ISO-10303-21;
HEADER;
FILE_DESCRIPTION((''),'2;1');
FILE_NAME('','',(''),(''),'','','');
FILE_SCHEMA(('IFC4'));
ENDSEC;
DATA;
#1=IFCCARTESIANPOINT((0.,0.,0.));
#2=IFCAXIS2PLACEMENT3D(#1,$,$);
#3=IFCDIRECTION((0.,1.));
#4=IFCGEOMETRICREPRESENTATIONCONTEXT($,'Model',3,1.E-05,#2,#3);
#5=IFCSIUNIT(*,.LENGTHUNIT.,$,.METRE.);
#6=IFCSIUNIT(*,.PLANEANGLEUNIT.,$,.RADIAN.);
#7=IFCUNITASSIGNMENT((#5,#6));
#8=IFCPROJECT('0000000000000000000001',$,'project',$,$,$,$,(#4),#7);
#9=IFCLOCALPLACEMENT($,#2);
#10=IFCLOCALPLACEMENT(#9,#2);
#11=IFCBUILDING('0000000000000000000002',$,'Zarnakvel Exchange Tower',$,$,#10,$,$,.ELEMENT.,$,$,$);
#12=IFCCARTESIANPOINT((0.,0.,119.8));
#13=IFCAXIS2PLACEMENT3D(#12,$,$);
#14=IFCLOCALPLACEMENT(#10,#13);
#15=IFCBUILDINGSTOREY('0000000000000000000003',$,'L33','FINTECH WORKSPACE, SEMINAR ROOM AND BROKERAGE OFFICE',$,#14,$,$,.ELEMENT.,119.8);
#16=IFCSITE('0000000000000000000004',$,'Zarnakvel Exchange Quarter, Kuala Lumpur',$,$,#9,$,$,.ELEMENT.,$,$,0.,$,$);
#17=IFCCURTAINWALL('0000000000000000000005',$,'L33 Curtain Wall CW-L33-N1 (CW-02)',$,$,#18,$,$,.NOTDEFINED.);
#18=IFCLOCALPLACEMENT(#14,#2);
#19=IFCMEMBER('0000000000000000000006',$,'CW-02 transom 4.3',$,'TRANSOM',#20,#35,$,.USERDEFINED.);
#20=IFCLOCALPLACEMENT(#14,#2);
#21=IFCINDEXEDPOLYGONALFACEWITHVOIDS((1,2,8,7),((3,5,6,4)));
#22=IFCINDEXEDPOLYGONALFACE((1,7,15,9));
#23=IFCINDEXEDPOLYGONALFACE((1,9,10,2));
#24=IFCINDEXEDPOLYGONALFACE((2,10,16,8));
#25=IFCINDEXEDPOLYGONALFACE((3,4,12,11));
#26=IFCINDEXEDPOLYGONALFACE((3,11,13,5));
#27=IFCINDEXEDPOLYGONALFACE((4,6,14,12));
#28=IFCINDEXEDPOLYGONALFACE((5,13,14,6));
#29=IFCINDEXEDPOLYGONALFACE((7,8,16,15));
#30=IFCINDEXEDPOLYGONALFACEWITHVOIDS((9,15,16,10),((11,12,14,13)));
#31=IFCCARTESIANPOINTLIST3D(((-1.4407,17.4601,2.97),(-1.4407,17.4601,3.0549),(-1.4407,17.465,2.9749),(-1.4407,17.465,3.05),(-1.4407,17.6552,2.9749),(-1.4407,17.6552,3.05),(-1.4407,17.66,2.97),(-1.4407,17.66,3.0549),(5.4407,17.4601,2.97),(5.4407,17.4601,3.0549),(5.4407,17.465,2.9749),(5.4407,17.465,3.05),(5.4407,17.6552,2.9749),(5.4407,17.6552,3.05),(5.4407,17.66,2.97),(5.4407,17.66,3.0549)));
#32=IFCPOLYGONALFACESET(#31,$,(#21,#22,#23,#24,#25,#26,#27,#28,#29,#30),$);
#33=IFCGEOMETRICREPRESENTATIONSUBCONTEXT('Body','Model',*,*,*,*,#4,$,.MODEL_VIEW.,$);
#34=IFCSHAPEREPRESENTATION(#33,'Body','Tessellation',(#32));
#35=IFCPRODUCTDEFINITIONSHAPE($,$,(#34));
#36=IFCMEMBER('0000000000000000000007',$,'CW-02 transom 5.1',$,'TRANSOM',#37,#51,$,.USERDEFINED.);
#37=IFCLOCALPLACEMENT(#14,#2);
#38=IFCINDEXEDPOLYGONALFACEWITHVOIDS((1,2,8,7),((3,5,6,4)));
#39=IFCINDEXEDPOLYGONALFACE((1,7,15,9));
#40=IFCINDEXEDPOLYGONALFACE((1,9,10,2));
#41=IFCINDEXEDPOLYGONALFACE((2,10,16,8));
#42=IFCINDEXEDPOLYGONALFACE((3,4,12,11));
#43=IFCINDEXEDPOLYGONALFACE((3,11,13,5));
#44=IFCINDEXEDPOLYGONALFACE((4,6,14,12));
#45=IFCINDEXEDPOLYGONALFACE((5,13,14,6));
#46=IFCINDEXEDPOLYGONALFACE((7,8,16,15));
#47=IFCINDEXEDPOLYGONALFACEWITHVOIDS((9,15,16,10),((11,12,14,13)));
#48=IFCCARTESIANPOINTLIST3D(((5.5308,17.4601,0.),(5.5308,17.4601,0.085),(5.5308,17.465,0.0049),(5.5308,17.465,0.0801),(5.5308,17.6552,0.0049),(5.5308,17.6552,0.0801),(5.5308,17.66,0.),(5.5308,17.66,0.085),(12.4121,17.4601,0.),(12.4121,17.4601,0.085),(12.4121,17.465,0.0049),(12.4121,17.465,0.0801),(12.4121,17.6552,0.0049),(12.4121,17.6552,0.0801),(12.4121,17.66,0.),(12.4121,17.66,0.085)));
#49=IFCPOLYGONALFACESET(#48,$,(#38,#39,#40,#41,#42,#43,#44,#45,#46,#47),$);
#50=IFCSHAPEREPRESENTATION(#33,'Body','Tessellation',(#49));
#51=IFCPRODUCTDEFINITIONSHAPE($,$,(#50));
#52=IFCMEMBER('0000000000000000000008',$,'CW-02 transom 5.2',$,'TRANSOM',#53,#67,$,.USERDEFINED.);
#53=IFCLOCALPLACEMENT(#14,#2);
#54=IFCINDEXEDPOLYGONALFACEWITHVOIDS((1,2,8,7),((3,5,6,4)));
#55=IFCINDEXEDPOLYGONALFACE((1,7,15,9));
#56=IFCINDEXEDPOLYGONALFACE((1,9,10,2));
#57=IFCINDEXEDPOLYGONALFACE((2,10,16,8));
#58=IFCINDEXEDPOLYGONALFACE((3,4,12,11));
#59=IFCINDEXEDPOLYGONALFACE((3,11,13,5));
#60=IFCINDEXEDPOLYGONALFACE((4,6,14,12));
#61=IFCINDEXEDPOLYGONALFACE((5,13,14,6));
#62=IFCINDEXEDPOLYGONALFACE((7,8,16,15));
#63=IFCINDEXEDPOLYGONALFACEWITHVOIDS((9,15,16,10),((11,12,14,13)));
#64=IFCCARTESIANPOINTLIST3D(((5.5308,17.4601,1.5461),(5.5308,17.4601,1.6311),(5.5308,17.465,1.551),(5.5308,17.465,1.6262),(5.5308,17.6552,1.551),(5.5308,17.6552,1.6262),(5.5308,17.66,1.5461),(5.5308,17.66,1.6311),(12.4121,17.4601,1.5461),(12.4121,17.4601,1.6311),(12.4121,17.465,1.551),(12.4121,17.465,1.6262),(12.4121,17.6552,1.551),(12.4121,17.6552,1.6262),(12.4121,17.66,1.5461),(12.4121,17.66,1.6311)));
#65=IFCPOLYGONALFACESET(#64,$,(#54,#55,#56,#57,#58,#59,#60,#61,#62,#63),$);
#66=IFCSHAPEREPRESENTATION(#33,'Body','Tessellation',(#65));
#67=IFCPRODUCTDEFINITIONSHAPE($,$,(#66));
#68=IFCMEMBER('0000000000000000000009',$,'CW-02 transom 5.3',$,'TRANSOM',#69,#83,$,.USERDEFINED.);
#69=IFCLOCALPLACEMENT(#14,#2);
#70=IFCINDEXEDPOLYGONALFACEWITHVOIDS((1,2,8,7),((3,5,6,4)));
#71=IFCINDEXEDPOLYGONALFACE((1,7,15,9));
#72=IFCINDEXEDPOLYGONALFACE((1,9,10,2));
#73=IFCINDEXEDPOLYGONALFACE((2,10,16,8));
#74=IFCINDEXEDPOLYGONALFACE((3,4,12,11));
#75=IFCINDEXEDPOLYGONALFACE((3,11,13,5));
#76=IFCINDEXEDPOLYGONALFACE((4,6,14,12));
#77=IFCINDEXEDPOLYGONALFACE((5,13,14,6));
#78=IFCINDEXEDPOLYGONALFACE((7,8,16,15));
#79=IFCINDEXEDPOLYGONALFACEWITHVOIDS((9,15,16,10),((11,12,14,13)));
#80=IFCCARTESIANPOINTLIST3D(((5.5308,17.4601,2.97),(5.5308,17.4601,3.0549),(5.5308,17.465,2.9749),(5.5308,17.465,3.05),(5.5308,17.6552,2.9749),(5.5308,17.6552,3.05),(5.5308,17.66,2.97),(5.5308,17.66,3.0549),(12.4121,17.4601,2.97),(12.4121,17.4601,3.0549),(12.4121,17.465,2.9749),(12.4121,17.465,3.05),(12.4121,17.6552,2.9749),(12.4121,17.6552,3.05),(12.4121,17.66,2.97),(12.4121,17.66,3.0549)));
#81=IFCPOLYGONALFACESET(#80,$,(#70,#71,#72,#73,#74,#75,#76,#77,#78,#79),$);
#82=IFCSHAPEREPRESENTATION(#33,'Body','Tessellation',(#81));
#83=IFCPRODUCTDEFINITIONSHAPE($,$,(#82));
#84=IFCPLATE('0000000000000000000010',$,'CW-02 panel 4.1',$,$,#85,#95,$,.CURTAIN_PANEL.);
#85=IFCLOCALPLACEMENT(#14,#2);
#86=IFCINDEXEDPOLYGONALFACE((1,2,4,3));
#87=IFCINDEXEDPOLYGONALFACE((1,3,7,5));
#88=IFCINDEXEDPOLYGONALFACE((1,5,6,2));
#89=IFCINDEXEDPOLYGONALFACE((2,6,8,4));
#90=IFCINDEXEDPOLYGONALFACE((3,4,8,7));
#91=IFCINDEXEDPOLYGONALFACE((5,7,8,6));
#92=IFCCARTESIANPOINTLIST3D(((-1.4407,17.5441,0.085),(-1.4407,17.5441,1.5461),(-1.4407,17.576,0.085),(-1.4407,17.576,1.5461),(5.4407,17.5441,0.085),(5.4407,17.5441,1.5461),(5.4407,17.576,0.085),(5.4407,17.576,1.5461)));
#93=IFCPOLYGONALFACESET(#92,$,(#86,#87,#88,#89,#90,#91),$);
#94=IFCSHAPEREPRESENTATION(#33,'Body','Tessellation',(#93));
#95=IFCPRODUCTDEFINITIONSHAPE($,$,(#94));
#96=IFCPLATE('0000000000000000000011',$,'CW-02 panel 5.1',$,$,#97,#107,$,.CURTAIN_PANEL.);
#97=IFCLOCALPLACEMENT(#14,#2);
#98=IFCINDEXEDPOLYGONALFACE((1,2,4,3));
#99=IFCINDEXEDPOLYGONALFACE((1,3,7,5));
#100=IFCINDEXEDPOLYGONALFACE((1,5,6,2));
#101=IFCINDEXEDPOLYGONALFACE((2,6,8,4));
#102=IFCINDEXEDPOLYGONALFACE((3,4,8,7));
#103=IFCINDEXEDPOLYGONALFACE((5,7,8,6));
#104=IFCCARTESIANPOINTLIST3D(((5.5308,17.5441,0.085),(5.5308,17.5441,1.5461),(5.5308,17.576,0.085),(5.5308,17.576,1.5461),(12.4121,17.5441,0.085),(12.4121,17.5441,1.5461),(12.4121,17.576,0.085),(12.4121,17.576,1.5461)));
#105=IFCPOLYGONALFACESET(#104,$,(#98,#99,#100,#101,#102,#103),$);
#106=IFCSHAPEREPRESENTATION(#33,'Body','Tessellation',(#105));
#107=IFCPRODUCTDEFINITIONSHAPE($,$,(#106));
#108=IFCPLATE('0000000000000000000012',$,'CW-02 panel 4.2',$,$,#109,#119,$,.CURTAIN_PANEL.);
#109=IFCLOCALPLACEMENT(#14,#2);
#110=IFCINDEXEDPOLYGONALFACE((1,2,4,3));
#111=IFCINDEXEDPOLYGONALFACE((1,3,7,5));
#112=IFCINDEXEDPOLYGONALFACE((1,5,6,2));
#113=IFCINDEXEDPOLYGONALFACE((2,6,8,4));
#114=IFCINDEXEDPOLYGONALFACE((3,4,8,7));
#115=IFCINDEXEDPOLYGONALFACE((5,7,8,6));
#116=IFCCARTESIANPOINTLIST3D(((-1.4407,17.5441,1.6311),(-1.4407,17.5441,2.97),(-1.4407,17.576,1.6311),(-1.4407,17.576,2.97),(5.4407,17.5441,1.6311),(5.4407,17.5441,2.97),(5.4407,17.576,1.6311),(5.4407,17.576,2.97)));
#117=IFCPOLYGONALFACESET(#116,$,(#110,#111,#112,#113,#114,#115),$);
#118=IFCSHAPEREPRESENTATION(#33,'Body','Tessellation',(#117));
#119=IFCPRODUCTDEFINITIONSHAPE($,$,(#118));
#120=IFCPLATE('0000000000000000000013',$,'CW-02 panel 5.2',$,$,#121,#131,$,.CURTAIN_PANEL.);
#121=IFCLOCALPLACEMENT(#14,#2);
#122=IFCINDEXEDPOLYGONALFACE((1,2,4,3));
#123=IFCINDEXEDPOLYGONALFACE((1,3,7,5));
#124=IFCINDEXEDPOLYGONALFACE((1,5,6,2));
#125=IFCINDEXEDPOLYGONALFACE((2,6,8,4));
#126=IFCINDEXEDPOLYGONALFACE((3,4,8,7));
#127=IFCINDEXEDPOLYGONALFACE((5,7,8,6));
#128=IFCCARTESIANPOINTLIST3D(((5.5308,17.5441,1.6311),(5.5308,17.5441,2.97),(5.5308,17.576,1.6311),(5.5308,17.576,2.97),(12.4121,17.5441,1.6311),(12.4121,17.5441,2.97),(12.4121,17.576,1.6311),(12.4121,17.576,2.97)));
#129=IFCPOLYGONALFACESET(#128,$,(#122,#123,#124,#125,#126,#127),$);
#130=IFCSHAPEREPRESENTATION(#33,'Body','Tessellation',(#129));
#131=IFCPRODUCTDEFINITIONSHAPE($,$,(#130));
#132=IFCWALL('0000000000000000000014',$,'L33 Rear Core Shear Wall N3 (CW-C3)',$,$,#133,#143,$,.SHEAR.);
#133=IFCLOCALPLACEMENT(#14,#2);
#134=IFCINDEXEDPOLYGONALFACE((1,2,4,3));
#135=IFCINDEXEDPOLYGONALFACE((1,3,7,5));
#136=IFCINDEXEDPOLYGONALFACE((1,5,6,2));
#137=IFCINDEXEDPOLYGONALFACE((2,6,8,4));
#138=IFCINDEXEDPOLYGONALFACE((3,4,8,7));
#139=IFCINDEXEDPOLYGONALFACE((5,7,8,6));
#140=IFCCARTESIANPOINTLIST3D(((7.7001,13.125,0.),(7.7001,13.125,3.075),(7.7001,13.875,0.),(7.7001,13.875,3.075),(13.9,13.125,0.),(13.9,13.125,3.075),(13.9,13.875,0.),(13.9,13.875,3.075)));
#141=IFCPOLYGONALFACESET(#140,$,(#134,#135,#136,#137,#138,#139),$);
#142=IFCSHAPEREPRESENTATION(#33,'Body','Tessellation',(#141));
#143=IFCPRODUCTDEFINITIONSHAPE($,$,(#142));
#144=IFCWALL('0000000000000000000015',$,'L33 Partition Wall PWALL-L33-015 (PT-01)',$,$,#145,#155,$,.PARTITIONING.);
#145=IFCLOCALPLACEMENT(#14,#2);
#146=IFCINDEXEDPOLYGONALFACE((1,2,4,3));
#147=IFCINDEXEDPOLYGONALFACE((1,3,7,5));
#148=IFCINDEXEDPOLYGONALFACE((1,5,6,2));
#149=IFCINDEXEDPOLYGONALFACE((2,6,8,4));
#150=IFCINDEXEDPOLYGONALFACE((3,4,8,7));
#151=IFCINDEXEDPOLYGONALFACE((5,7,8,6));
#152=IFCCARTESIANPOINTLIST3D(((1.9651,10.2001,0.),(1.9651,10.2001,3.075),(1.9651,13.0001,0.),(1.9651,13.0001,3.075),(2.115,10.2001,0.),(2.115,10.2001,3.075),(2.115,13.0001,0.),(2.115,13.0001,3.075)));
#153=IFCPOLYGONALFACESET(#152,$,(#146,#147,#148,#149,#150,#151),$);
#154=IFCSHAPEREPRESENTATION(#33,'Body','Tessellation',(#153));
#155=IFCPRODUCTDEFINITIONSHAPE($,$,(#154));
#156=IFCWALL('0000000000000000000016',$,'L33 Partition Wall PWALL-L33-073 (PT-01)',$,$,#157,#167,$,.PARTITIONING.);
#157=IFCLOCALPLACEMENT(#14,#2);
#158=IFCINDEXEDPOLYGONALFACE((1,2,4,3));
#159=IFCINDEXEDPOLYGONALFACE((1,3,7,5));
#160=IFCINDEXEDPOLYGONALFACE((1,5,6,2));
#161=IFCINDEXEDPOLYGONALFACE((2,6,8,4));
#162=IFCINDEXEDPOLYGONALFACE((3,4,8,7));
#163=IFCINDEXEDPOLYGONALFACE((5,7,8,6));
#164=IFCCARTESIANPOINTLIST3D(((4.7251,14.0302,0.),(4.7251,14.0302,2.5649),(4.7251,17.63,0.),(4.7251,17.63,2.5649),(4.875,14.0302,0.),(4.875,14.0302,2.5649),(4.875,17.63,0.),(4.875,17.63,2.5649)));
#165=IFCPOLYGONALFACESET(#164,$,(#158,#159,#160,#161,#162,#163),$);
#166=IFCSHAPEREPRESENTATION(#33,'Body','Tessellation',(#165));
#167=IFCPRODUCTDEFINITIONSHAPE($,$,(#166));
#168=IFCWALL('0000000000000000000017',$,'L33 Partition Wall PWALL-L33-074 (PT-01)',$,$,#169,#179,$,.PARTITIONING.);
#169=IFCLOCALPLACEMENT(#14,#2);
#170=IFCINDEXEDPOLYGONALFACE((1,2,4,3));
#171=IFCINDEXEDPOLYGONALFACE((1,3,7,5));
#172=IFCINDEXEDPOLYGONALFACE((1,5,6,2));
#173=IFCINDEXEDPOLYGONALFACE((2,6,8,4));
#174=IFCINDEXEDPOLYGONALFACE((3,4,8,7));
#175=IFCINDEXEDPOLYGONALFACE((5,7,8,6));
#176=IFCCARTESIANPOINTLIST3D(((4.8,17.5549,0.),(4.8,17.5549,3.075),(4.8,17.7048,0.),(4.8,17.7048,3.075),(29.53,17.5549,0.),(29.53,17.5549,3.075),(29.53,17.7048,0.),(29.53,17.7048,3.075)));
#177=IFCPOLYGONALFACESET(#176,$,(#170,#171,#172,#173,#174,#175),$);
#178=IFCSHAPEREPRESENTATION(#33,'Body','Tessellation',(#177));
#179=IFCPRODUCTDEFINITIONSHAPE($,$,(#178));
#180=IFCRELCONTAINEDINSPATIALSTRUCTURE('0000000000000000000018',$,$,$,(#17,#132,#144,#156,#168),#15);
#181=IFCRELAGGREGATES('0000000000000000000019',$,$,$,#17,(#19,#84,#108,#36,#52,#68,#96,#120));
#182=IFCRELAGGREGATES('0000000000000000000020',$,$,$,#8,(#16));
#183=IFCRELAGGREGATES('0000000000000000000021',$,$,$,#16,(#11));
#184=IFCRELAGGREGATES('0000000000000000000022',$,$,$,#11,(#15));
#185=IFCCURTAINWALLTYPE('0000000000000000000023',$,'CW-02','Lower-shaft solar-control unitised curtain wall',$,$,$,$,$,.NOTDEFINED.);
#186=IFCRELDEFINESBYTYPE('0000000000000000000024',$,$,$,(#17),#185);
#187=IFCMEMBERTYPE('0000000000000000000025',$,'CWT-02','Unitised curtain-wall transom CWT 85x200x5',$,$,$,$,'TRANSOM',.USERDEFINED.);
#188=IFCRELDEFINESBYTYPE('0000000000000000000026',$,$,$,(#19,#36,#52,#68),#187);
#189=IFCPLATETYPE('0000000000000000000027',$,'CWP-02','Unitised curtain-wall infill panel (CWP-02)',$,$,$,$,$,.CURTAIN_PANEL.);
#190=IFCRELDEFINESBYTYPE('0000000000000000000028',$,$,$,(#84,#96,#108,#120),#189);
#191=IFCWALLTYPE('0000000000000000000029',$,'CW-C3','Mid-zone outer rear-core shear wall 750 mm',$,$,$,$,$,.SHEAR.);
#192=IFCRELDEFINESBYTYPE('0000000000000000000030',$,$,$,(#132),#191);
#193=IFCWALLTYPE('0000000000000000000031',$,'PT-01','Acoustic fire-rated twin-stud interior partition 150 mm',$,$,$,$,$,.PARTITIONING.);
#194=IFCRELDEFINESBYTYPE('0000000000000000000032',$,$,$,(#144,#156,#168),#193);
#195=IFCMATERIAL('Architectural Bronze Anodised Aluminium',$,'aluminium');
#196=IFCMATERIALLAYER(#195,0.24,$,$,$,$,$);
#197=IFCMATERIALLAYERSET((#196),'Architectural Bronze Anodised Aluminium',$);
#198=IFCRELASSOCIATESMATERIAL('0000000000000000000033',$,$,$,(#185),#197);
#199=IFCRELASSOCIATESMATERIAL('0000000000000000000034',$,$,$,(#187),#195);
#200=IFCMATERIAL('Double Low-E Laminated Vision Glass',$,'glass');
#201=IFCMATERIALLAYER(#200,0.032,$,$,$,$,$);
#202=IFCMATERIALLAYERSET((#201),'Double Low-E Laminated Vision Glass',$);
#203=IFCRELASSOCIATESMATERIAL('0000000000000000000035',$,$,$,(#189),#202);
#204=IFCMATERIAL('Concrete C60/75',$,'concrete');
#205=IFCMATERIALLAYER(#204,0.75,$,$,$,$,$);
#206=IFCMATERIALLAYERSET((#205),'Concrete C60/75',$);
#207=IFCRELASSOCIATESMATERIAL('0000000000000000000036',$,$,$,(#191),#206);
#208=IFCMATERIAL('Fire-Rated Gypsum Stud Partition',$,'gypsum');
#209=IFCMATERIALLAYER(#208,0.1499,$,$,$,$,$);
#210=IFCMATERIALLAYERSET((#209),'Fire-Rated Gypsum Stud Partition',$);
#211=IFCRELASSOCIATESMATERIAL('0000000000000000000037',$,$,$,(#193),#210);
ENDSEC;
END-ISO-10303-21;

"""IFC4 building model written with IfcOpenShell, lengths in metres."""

from ifc_helpers import new_model, si_unit, direction, frame, frame_2d, origin, origin_2d, place, context, subcontext, project, spatial, rectangle, hollow_rectangle, extrude, source, transform, mapped, material, layer, layer_set, material_profile, profile_set, type_object, element, aggregate, save


model = new_model("IFC4")

# Units and contexts
model_context = context("Model", 3, precision=1e-05, world=origin(), true_north=direction((0.0, 1.0)))
body_context = subcontext(model_context, "Body", "Model", "MODEL_VIEW")
ifc_project = project(units=[si_unit("LENGTHUNIT", "METRE"), si_unit("PLANEANGLEUNIT", "RADIAN")], contexts=[model_context])

# Site, building, storey
site_placement = place(None, origin())
site = spatial("IfcSite", under=ifc_project, at=site_placement, Name="Zarnakvel Exchange Quarter, Kuala Lumpur", CompositionType="ELEMENT", RefElevation=0.0)
building_placement = place(site_placement, origin())
building = spatial("IfcBuilding", under=site, at=building_placement, Name="Zarnakvel Exchange Tower", CompositionType="ELEMENT")
storey_placement = place(building_placement, frame((0.0, 0.0, 119.8)))
storey = spatial("IfcBuildingStorey", under=building, at=storey_placement, Name="L33", Description="FINTECH WORKSPACE, SEMINAR ROOM AND BROKERAGE OFFICE", CompositionType="ELEMENT", Elevation=119.8)

# Shared definitions
ifc_material_1 = material(Name="Concrete C60/75", Category="concrete")

# Curtain wall, members, plates
ifc_material_2 = material(Name="Architectural Bronze Anodised Aluminium", Category="aluminium")
ifc_layer_1 = layer(ifc_material_2, 0.24)
ifc_layer_set_1 = layer_set([ifc_layer_1], Name="Architectural Bronze Anodised Aluminium")
curtain_wall_type = type_object("IfcCurtainWallType", Name="CW-02", Description="Lower-shaft solar-control unitised curtain wall", PredefinedType="NOTDEFINED", material=ifc_layer_set_1)
curtain_wall_placement = place(storey_placement, origin())
curtain_wall = element("IfcCurtainWall", 1, at=curtain_wall_placement, inside=storey, type_object=curtain_wall_type, Name="L33 Curtain Wall CW-L33-N1 (CW-02)", PredefinedType="NOTDEFINED")
ifc_material_profile_1 = material_profile(ifc_material_2, hollow_rectangle(XDim=0.2, YDim=0.085, WallThickness=0.0049, at=origin_2d()))
ifc_profile_set_1 = profile_set([ifc_material_profile_1], Name="Architectural Bronze Anodised Aluminium")
member_type_1 = type_object("IfcMemberType", Name="CWT-02", Description="Unitised curtain-wall transom CWT 85x200x5", ElementType="TRANSOM", PredefinedType="USERDEFINED", material=ifc_profile_set_1)
shared_shape_1 = source(origin(), body_context, "Body", "SweptSolid", [
    extrude(hollow_rectangle(XDim=0.2, YDim=0.085, WallThickness=0.0049, at=origin_2d()), origin(), (0.0, 0.0, 1.0), 6.8813),
])
member_1_placement = place(storey_placement, frame((-1.4407, 17.5601, 3.0125), z_axis=(1.0, 0.0, 0.0), x_axis=(0.0, 1.0, 0.0)))
member_1 = element("IfcMember", 2, at=member_1_placement, type_object=member_type_1, Name="CW-02 transom 4.3", ObjectType="TRANSOM", PredefinedType="USERDEFINED", context=body_context, shape_type="MappedRepresentation", body=[
    mapped(shared_shape_1, transform((0.0, 0.0, 0.0), x_axis=(1.0, 0.0, 0.0), y_axis=(0.0, 1.0, 0.0), z_axis=(0.0, 0.0, 1.0), scale=1.0)),
])
member_2_placement = place(storey_placement, frame((5.5308, 17.5601, 0.0425), z_axis=(1.0, 0.0, 0.0), x_axis=(0.0, 1.0, 0.0)))
member_2 = element("IfcMember", 3, at=member_2_placement, type_object=member_type_1, Name="CW-02 transom 5.1", ObjectType="TRANSOM", PredefinedType="USERDEFINED", context=body_context, shape_type="MappedRepresentation", body=[
    mapped(shared_shape_1, transform((0.0, 0.0, 0.0), x_axis=(1.0, 0.0, 0.0), y_axis=(0.0, 1.0, 0.0), z_axis=(0.0, 0.0, 1.0), scale=1.0)),
])
member_3_placement = place(storey_placement, frame((5.5308, 17.5601, 1.5886), z_axis=(1.0, 0.0, 0.0), x_axis=(0.0, 1.0, 0.0)))
member_3 = element("IfcMember", 4, at=member_3_placement, type_object=member_type_1, Name="CW-02 transom 5.2", ObjectType="TRANSOM", PredefinedType="USERDEFINED", context=body_context, shape_type="MappedRepresentation", body=[
    mapped(shared_shape_1, transform((0.0, 0.0, 0.0), x_axis=(1.0, 0.0, 0.0), y_axis=(0.0, 1.0, 0.0), z_axis=(0.0, 0.0, 1.0), scale=1.0)),
])
member_4_placement = place(storey_placement, frame((5.5308, 17.5601, 3.0125), z_axis=(1.0, 0.0, 0.0), x_axis=(0.0, 1.0, 0.0)))
member_4 = element("IfcMember", 5, at=member_4_placement, type_object=member_type_1, Name="CW-02 transom 5.3", ObjectType="TRANSOM", PredefinedType="USERDEFINED", context=body_context, shape_type="MappedRepresentation", body=[
    mapped(shared_shape_1, transform((0.0, 0.0, 0.0), x_axis=(1.0, 0.0, 0.0), y_axis=(0.0, 1.0, 0.0), z_axis=(0.0, 0.0, 1.0), scale=1.0)),
])
ifc_material_3 = material(Name="Double Low-E Laminated Vision Glass", Category="glass")
ifc_layer_2 = layer(ifc_material_3, 0.032)
ifc_layer_set_2 = layer_set([ifc_layer_2], Name="Double Low-E Laminated Vision Glass")
plate_type = type_object("IfcPlateType", Name="CWP-02", Description="Unitised curtain-wall infill panel (CWP-02)", PredefinedType="CURTAIN_PANEL", material=ifc_layer_set_2)
shared_shape_2 = source(origin(), body_context, "Body", "SweptSolid", [
    extrude(rectangle(XDim=6.8813, YDim=0.032, at=origin_2d()), origin(), (0.0, 0.0, 1.0), 1.4612),
])
plate_1_placement = place(storey_placement, frame((2.0, 17.5601, 0.085), z_axis=(0.0, 0.0, 1.0), x_axis=(1.0, 0.0, 0.0)))
plate_1 = element("IfcPlate", 6, at=plate_1_placement, type_object=plate_type, Name="CW-02 panel 4.1", PredefinedType="CURTAIN_PANEL", context=body_context, shape_type="MappedRepresentation", body=[
    mapped(shared_shape_2, transform((0.0, 0.0, 0.0), x_axis=(1.0, 0.0, 0.0), y_axis=(0.0, 1.0, 0.0), z_axis=(0.0, 0.0, 1.0), scale=1.0)),
])
plate_2_placement = place(storey_placement, frame((8.9714, 17.5601, 0.085), z_axis=(0.0, 0.0, 1.0), x_axis=(1.0, 0.0, 0.0)))
plate_2 = element("IfcPlate", 7, at=plate_2_placement, type_object=plate_type, Name="CW-02 panel 5.1", PredefinedType="CURTAIN_PANEL", context=body_context, shape_type="MappedRepresentation", body=[
    mapped(shared_shape_2, transform((0.0, 0.0, 0.0), x_axis=(1.0, 0.0, 0.0), y_axis=(0.0, 1.0, 0.0), z_axis=(0.0, 0.0, 1.0), scale=1.0)),
])
shared_shape_3 = source(origin(), body_context, "Body", "SweptSolid", [
    extrude(rectangle(XDim=6.8813, YDim=0.032, at=origin_2d()), origin(), (0.0, 0.0, 1.0), 1.3389),
])
plate_3_placement = place(storey_placement, frame((2.0, 17.5601, 1.6311), z_axis=(0.0, 0.0, 1.0), x_axis=(1.0, 0.0, 0.0)))
plate_3 = element("IfcPlate", 8, at=plate_3_placement, type_object=plate_type, Name="CW-02 panel 4.2", PredefinedType="CURTAIN_PANEL", context=body_context, shape_type="MappedRepresentation", body=[
    mapped(shared_shape_3, transform((0.0, 0.0, 0.0), x_axis=(1.0, 0.0, 0.0), y_axis=(0.0, 1.0, 0.0), z_axis=(0.0, 0.0, 1.0), scale=1.0)),
])
plate_4_placement = place(storey_placement, frame((8.9714, 17.5601, 1.6311), z_axis=(0.0, 0.0, 1.0), x_axis=(1.0, 0.0, 0.0)))
plate_4 = element("IfcPlate", 9, at=plate_4_placement, type_object=plate_type, Name="CW-02 panel 5.2", PredefinedType="CURTAIN_PANEL", context=body_context, shape_type="MappedRepresentation", body=[
    mapped(shared_shape_3, transform((0.0, 0.0, 0.0), x_axis=(1.0, 0.0, 0.0), y_axis=(0.0, 1.0, 0.0), z_axis=(0.0, 0.0, 1.0), scale=1.0)),
])
aggregate(curtain_wall, [member_1, plate_1, plate_3, member_2, member_3, member_4, plate_2, plate_4])

# Wall
ifc_layer_3 = layer(ifc_material_1, 0.75)
ifc_layer_set_3 = layer_set([ifc_layer_3], Name="Concrete C60/75")
wall_type_1 = type_object("IfcWallType", Name="CW-C3", Description="Mid-zone outer rear-core shear wall 750 mm", PredefinedType="SHEAR", material=ifc_layer_set_3)
wall_1_placement = place(storey_placement, frame((7.7, 13.5, 0.0), z_axis=(0.0, 0.0, 1.0), x_axis=(1.0, 0.0, 0.0)))
element("IfcWall", 10, at=wall_1_placement, inside=storey, type_object=wall_type_1, Name="L33 Rear Core Shear Wall N3 (CW-C3)", PredefinedType="SHEAR", context=body_context, shape_type="SweptSolid", body=[
    extrude(rectangle(XDim=6.2, YDim=0.75, at=frame_2d((3.1001, 0.0))), origin(), (0.0, 0.0, 1.0), 3.075),
])

# Shared definitions
ifc_material_4 = material(Name="Fire-Rated Gypsum Stud Partition", Category="gypsum")
ifc_layer_4 = layer(ifc_material_4, 0.1499)
ifc_layer_set_4 = layer_set([ifc_layer_4], Name="Fire-Rated Gypsum Stud Partition")
wall_type_2 = type_object("IfcWallType", Name="PT-01", Description="Acoustic fire-rated twin-stud interior partition 150 mm", PredefinedType="PARTITIONING", material=ifc_layer_set_4)

# Walls
wall_2_placement = place(storey_placement, frame((2.04, 13.0, 0.0), z_axis=(0.0, 0.0, 1.0), x_axis=(0.0, -1.0, 0.0)))
element("IfcWall", 11, at=wall_2_placement, inside=storey, type_object=wall_type_2, Name="L33 Partition Wall PWALL-L33-015 (PT-01)", PredefinedType="PARTITIONING", context=body_context, shape_type="SweptSolid", body=[
    extrude(rectangle(XDim=2.8, YDim=0.1499, at=frame_2d((1.3999, 0.0))), origin(), (0.0, 0.0, 1.0), 3.075),
])
wall_3_placement = place(storey_placement, frame((4.8, 17.6299, 0.0), z_axis=(0.0, 0.0, 1.0), x_axis=(0.0, -1.0, 0.0)))
element("IfcWall", 12, at=wall_3_placement, inside=storey, type_object=wall_type_2, Name="L33 Partition Wall PWALL-L33-073 (PT-01)", PredefinedType="PARTITIONING", context=body_context, shape_type="SweptSolid", body=[
    extrude(rectangle(XDim=3.5999, YDim=0.1499, at=frame_2d((1.7998, 0.0))), origin(), (0.0, 0.0, 1.0), 2.5649),
])
wall_4_placement = place(storey_placement, frame((4.8, 17.6299, 0.0), z_axis=(0.0, 0.0, 1.0), x_axis=(1.0, 0.0, 0.0)))
element("IfcWall", 13, at=wall_4_placement, inside=storey, type_object=wall_type_2, Name="L33 Partition Wall PWALL-L33-074 (PT-01)", PredefinedType="PARTITIONING", context=body_context, shape_type="SweptSolid", body=[
    extrude(rectangle(XDim=24.73, YDim=0.1499, at=frame_2d((12.365, 0.0))), origin(), (0.0, 0.0, 1.0), 3.075),
])

save(model, "model.ifc")
